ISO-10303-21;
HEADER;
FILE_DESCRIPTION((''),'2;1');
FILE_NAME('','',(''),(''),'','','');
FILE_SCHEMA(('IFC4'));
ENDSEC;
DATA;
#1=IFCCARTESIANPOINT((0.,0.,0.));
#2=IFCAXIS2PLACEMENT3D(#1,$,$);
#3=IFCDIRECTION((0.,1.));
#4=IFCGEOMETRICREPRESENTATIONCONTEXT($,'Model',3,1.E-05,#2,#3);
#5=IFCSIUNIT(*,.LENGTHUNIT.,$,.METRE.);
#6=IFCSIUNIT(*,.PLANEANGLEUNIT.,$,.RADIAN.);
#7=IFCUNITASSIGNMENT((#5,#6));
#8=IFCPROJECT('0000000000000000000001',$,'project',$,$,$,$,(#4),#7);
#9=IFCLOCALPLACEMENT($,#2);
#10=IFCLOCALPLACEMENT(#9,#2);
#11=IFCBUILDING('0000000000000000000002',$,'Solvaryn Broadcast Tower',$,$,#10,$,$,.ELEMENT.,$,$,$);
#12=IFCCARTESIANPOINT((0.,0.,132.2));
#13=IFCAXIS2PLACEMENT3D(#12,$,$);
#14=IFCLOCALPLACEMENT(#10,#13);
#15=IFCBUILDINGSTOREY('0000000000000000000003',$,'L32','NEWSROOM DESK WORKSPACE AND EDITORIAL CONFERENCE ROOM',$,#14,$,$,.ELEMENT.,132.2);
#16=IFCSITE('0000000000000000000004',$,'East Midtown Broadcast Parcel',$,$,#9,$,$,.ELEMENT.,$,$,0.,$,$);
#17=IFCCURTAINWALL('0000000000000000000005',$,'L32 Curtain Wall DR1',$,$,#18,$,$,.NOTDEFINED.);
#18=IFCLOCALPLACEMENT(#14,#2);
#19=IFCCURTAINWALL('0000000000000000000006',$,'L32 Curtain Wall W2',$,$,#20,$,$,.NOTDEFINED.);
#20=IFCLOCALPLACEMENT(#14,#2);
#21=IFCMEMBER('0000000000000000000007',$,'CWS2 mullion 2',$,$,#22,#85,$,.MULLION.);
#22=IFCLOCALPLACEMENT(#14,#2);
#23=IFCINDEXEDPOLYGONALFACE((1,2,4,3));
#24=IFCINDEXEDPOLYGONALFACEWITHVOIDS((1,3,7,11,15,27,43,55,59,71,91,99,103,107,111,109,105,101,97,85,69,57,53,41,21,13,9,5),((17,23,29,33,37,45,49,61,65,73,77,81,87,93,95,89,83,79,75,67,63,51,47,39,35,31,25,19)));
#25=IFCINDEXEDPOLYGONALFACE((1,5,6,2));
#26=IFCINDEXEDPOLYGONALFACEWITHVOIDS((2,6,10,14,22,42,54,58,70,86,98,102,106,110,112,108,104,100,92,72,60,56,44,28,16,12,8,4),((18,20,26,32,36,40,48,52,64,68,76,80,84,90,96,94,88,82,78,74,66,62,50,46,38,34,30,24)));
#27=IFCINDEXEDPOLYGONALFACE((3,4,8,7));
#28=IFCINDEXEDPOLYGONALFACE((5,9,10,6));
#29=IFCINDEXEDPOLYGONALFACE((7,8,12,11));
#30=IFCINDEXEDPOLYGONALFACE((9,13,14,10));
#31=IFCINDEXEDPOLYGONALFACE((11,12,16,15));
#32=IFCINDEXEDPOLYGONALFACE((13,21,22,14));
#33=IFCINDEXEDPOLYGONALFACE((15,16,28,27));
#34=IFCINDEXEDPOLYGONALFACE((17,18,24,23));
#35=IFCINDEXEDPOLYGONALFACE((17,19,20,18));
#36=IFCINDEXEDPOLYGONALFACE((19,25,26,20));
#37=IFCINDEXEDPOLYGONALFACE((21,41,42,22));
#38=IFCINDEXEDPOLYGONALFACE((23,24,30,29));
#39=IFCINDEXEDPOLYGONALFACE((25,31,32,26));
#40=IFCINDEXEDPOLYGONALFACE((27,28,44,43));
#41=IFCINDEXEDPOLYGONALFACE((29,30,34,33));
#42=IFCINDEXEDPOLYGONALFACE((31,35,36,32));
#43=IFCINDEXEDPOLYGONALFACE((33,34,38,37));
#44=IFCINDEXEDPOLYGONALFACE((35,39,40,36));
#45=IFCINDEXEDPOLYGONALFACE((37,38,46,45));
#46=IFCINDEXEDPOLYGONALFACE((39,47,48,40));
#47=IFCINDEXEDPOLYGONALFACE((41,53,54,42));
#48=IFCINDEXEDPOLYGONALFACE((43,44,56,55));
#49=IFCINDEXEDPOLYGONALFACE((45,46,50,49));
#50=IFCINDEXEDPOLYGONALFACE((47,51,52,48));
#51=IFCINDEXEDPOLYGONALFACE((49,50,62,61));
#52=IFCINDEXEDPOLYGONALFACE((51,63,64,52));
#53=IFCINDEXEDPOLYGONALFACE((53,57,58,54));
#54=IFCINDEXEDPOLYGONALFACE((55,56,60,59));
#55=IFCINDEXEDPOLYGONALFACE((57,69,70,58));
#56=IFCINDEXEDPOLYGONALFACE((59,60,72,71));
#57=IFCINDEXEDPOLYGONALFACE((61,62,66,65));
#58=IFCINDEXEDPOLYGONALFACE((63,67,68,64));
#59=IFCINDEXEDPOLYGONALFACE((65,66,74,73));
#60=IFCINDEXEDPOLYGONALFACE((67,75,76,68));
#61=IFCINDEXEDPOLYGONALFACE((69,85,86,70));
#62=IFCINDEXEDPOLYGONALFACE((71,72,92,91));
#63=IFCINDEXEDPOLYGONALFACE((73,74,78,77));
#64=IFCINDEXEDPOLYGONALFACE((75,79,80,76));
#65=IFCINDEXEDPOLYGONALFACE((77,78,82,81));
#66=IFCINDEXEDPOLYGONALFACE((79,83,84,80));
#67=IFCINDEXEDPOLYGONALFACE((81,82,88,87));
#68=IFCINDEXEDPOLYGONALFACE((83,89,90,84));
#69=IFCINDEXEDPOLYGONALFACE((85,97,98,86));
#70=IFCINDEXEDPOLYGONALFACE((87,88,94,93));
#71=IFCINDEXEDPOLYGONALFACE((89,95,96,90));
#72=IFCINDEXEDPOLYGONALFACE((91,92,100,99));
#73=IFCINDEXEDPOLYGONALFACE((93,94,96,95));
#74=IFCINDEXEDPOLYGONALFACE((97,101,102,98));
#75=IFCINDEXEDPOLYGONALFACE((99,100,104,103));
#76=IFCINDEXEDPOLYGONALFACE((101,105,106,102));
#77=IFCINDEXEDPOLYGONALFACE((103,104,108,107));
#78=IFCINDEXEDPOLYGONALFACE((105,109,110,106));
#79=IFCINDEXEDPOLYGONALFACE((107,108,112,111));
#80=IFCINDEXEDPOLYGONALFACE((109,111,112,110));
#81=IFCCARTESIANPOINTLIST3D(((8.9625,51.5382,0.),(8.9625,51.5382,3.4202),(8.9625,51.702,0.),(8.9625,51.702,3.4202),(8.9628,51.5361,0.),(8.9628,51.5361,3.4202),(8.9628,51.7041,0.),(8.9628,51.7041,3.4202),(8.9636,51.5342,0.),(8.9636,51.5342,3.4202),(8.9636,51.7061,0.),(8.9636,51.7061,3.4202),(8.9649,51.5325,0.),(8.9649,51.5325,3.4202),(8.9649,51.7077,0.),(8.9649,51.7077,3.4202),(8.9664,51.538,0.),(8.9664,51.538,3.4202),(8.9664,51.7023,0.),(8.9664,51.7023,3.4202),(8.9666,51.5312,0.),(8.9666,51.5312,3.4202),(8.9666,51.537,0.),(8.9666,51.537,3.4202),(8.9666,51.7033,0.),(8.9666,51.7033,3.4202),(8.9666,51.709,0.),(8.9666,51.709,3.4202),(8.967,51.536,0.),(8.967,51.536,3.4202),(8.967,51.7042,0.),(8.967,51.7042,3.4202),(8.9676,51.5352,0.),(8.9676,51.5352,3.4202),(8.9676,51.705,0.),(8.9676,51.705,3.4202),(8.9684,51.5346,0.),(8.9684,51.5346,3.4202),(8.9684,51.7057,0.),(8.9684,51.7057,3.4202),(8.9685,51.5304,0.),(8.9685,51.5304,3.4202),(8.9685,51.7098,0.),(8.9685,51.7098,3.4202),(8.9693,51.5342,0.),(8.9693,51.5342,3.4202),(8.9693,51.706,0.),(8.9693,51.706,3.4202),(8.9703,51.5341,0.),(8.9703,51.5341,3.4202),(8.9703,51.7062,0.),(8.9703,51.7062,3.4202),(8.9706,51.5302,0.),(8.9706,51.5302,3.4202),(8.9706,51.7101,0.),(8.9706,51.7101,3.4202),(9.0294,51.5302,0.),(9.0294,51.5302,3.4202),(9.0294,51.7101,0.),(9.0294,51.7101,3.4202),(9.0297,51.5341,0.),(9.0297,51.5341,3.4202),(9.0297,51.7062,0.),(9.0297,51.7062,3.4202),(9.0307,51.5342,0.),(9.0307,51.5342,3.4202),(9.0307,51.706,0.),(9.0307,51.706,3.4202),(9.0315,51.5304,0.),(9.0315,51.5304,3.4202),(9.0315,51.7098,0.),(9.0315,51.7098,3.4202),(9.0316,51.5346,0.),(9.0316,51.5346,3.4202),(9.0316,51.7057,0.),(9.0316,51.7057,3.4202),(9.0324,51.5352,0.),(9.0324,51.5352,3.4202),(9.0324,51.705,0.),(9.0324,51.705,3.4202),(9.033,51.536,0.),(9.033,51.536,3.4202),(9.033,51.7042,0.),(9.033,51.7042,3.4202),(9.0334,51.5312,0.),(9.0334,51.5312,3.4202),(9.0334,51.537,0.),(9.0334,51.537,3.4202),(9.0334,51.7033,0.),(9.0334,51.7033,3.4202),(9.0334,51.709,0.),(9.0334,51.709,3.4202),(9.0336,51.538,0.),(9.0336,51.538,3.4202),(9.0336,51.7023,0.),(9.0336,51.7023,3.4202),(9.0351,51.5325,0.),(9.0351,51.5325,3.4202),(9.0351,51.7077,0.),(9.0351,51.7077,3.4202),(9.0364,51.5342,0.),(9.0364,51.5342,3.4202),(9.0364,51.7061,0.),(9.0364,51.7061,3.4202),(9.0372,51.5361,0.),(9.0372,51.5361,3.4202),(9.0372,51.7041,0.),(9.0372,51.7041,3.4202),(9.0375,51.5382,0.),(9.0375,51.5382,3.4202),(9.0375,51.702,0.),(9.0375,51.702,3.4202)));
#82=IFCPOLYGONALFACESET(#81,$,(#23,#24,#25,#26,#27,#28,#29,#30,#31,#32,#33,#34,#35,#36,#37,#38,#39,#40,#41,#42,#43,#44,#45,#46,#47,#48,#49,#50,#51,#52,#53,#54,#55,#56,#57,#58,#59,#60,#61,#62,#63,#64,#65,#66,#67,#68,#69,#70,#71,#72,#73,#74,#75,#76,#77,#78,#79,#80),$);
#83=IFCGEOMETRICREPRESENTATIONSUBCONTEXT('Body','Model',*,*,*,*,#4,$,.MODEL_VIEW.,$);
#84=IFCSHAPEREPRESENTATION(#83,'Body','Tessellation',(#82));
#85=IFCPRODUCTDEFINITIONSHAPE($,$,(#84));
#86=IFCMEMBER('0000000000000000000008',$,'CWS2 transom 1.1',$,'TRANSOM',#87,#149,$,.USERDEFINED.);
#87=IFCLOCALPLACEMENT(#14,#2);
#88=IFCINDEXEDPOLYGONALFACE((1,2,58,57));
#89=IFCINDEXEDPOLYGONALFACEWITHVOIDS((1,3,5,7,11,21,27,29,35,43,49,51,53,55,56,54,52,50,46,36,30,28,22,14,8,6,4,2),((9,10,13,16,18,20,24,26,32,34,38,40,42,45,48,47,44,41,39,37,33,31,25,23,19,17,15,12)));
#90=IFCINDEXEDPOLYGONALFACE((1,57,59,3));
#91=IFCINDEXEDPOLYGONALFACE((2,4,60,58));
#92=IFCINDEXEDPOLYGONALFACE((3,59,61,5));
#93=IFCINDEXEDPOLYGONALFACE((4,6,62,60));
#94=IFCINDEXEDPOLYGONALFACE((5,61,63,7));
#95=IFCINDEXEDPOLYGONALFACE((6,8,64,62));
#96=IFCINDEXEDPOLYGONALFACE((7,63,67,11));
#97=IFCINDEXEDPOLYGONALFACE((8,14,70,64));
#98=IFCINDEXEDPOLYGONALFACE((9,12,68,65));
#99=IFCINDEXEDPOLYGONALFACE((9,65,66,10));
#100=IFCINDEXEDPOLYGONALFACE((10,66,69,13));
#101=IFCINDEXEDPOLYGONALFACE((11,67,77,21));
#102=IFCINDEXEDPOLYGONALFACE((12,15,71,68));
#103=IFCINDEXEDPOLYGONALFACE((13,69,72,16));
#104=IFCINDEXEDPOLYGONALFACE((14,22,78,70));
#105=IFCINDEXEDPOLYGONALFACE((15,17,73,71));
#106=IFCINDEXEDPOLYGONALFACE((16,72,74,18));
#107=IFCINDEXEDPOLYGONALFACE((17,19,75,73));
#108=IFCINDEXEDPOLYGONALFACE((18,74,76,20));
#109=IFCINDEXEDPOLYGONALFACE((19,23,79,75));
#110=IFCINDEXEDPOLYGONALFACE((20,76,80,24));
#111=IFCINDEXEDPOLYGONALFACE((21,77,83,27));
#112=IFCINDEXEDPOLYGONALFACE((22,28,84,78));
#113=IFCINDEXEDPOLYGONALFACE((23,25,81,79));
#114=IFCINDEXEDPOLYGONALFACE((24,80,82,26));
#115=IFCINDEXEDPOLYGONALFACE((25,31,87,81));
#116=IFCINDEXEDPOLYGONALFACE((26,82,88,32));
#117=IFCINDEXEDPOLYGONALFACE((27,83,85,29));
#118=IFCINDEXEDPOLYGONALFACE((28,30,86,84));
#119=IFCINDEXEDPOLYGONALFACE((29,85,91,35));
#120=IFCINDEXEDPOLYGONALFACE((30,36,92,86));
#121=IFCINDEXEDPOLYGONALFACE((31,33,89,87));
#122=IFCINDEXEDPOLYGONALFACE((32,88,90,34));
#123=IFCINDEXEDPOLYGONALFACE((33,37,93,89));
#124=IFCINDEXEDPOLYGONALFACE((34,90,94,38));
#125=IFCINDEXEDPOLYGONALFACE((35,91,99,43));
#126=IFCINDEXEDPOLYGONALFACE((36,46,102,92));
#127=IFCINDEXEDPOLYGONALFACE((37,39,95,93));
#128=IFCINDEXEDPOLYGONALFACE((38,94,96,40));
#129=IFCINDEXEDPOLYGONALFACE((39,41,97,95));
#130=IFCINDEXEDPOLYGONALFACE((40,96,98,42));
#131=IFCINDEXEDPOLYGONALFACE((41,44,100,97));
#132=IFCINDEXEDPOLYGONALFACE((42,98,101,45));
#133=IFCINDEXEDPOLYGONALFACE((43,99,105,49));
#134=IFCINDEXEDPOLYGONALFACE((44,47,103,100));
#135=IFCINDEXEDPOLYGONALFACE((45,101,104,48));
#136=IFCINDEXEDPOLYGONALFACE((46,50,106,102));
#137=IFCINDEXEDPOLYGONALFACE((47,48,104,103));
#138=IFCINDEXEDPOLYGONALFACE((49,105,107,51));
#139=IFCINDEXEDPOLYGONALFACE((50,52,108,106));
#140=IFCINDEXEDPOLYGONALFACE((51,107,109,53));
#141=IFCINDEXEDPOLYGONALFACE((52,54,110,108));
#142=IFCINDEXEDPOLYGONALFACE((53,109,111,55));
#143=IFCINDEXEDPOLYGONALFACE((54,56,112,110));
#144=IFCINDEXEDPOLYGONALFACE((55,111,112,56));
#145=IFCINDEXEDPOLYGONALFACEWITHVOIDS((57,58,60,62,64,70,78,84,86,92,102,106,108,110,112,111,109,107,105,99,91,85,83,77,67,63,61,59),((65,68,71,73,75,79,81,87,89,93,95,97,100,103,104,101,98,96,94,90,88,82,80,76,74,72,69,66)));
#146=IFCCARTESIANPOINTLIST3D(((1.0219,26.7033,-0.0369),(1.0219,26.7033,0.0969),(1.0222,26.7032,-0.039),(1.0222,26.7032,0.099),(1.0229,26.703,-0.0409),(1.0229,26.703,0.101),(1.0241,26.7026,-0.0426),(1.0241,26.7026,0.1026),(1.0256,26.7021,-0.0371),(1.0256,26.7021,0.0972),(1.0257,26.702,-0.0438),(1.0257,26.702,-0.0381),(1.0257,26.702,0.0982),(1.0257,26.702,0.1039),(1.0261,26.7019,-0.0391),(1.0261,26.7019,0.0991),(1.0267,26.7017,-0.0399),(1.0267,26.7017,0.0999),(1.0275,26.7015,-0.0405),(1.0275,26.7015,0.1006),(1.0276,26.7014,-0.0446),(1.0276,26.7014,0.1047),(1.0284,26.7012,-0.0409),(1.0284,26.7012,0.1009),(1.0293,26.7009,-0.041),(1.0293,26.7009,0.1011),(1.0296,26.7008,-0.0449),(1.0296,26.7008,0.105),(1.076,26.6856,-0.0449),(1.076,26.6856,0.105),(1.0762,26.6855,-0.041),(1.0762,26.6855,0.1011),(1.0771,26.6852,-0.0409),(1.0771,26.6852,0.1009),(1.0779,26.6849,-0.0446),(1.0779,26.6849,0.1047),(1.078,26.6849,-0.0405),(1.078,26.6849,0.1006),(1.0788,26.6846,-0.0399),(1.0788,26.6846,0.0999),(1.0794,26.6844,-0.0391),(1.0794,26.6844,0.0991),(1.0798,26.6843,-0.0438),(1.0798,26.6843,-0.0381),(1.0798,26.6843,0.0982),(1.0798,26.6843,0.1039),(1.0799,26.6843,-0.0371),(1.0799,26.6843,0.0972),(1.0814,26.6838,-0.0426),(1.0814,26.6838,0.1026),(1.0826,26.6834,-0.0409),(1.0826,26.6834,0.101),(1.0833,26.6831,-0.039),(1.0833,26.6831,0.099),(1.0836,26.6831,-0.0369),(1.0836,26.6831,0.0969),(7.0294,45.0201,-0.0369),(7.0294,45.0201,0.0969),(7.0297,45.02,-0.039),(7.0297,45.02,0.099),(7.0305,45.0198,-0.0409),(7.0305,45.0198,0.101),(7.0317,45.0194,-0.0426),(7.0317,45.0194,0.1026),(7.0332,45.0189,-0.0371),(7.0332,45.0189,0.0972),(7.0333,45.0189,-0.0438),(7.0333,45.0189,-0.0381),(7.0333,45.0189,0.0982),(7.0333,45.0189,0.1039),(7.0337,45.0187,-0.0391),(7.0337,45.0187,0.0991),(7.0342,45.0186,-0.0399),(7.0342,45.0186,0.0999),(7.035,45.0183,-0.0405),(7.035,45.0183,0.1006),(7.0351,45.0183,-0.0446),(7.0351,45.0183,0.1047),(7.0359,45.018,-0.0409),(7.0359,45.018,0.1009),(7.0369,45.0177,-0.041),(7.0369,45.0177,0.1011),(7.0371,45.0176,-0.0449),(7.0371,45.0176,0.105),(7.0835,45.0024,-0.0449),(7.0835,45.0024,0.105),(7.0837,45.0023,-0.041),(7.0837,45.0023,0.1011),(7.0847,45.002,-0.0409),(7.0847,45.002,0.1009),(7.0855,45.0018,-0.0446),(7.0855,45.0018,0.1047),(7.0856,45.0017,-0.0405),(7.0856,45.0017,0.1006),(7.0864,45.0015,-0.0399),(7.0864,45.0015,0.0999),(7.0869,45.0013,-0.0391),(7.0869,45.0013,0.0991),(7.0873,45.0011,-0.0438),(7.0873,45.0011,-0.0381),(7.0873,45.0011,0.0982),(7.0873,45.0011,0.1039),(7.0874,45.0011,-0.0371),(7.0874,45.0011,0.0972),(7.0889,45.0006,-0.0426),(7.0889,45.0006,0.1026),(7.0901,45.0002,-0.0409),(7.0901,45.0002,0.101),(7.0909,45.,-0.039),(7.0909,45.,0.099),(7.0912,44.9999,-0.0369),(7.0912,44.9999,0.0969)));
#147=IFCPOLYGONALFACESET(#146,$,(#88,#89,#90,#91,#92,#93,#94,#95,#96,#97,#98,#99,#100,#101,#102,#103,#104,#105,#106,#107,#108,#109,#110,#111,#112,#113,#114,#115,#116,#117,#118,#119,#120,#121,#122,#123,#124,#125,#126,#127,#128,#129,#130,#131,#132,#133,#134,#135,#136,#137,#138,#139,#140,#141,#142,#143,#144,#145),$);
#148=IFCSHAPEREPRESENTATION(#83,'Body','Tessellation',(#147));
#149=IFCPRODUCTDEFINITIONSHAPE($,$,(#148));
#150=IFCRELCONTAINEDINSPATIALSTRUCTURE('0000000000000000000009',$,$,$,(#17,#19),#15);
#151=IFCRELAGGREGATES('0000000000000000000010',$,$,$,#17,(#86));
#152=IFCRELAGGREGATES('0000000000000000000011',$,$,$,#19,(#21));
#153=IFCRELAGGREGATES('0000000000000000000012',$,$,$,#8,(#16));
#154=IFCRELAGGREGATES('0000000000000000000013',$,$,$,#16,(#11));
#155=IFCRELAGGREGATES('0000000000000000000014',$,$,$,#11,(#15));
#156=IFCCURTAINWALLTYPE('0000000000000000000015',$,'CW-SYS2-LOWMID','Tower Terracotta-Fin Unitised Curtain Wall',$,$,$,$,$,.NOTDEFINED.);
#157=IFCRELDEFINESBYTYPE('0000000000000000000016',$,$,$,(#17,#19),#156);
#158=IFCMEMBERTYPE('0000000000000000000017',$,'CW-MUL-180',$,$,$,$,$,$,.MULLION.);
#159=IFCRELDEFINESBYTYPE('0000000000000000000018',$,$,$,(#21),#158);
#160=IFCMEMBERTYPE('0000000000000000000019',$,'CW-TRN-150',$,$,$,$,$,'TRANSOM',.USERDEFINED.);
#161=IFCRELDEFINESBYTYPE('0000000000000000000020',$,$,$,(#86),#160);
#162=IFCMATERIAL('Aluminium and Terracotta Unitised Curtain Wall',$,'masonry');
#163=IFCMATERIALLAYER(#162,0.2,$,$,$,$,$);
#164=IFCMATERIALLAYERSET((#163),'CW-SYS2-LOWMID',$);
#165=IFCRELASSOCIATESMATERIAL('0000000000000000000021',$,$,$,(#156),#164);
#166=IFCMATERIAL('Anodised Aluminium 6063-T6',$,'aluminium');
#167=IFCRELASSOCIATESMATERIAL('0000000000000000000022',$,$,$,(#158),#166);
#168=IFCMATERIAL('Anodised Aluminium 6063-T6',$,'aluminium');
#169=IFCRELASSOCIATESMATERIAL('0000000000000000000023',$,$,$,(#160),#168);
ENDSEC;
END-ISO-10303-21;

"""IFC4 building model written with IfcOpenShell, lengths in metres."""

from ifc_helpers import new_model, si_unit, direction, frame, origin, origin_2d, place, context, subcontext, project, spatial, hollow_rectangle, extrude, material, layer, layer_set, material_profile, profile_set, type_object, element, aggregate, save


model = new_model("IFC4")

# Units and contexts
model_context = context("Model", 3, precision=1e-05, world=origin(), true_north=direction((0.0, 1.0)))
body_context = subcontext(model_context, "Body", "Model", "MODEL_VIEW")
ifc_project = project(units=[si_unit("LENGTHUNIT", "METRE"), si_unit("PLANEANGLEUNIT", "RADIAN")], contexts=[model_context])

# Site, building, storey
site_placement = place(None, origin())
site = spatial("IfcSite", under=ifc_project, at=site_placement, Name="East Midtown Broadcast Parcel", CompositionType="ELEMENT", RefElevation=0.0)
building_placement = place(site_placement, origin())
building = spatial("IfcBuilding", under=site, at=building_placement, Name="Solvaryn Broadcast Tower", CompositionType="ELEMENT")
storey_placement = place(building_placement, frame((0.0, 0.0, 132.2)))
storey = spatial("IfcBuildingStorey", under=building, at=storey_placement, Name="L32", Description="NEWSROOM DESK WORKSPACE AND EDITORIAL CONFERENCE ROOM", CompositionType="ELEMENT", Elevation=132.2)

# Curtain wall
ifc_material_1 = material(Name="Aluminium and Terracotta Unitised Curtain Wall", Category="masonry")
ifc_layer_1 = layer(ifc_material_1, 0.2)
ifc_layer_set_1 = layer_set([ifc_layer_1], Name="CW-SYS2-LOWMID")
curtain_wall_type = type_object("IfcCurtainWallType", Name="CW-SYS2-LOWMID", Description="Tower Terracotta-Fin Unitised Curtain Wall", PredefinedType="NOTDEFINED", material=ifc_layer_set_1)
curtain_wall_1_placement = place(storey_placement, origin())
curtain_wall_1 = element("IfcCurtainWall", 1, at=curtain_wall_1_placement, inside=storey, type_object=curtain_wall_type, Name="L32 Curtain Wall DR1", PredefinedType="NOTDEFINED")
ifc_material_2 = material(Name="Anodised Aluminium 6063-T6", Category="aluminium")
ifc_material_profile_1 = material_profile(ifc_material_2, hollow_rectangle(XDim=0.075, YDim=0.1799, WallThickness=0.0039, InnerFilletRadius=0.0039, OuterFilletRadius=0.0081, at=origin_2d()))
ifc_profile_set_1 = profile_set([ifc_material_profile_1], Name="Anodised Aluminium 6063-T6")
member_type_1 = type_object("IfcMemberType", Name="CW-MUL-180", PredefinedType="MULLION", material=ifc_profile_set_1)

# Curtain wall, member
curtain_wall_2_placement = place(storey_placement, origin())
curtain_wall_2 = element("IfcCurtainWall", 2, at=curtain_wall_2_placement, inside=storey, type_object=curtain_wall_type, Name="L32 Curtain Wall W2", PredefinedType="NOTDEFINED")
member_1_placement = place(storey_placement, frame((9.0, 51.6201, 0.0), z_axis=(0.0, 0.0, 1.0), x_axis=(-1.0, 0.0, 0.0)))
member_1 = element("IfcMember", 3, at=member_1_placement, type_object=member_type_1, Name="CWS2 mullion 2", PredefinedType="MULLION", context=body_context, shape_type="SweptSolid", body=[
    extrude(hollow_rectangle(XDim=0.075, YDim=0.1799, WallThickness=0.0039, InnerFilletRadius=0.0039, OuterFilletRadius=0.0081, at=origin_2d()), origin(), (0.0, 0.0, 1.0), 3.4202),
])

# Member
ifc_material_3 = material(Name="Anodised Aluminium 6063-T6", Category="aluminium")
ifc_material_profile_2 = material_profile(ifc_material_3, hollow_rectangle(XDim=0.0649, YDim=0.1499, WallThickness=0.0039, InnerFilletRadius=0.0039, OuterFilletRadius=0.0081, at=origin_2d()))
ifc_profile_set_2 = profile_set([ifc_material_profile_2], Name="Anodised Aluminium 6063-T6")
member_type_2 = type_object("IfcMemberType", Name="CW-TRN-150", ElementType="TRANSOM", PredefinedType="USERDEFINED", material=ifc_profile_set_2)
member_2_placement = place(storey_placement, frame((7.0603, 45.01, 0.03), z_axis=(-0.311646, -0.950198, 0.0), x_axis=(0.950198, -0.311646, 0.0)))
member_2 = element("IfcMember", 4, at=member_2_placement, type_object=member_type_2, Name="CWS2 transom 1.1", ObjectType="TRANSOM", PredefinedType="USERDEFINED", context=body_context, shape_type="SweptSolid", body=[
    extrude(hollow_rectangle(XDim=0.0649, YDim=0.1499, WallThickness=0.0039, InnerFilletRadius=0.0039, OuterFilletRadius=0.0081, at=origin_2d()), origin(), (0.0, 0.0, 1.0), 19.2769),
])
aggregate(curtain_wall_1, [member_2])

aggregate(curtain_wall_2, [member_1])

save(model, "model.ifc")
